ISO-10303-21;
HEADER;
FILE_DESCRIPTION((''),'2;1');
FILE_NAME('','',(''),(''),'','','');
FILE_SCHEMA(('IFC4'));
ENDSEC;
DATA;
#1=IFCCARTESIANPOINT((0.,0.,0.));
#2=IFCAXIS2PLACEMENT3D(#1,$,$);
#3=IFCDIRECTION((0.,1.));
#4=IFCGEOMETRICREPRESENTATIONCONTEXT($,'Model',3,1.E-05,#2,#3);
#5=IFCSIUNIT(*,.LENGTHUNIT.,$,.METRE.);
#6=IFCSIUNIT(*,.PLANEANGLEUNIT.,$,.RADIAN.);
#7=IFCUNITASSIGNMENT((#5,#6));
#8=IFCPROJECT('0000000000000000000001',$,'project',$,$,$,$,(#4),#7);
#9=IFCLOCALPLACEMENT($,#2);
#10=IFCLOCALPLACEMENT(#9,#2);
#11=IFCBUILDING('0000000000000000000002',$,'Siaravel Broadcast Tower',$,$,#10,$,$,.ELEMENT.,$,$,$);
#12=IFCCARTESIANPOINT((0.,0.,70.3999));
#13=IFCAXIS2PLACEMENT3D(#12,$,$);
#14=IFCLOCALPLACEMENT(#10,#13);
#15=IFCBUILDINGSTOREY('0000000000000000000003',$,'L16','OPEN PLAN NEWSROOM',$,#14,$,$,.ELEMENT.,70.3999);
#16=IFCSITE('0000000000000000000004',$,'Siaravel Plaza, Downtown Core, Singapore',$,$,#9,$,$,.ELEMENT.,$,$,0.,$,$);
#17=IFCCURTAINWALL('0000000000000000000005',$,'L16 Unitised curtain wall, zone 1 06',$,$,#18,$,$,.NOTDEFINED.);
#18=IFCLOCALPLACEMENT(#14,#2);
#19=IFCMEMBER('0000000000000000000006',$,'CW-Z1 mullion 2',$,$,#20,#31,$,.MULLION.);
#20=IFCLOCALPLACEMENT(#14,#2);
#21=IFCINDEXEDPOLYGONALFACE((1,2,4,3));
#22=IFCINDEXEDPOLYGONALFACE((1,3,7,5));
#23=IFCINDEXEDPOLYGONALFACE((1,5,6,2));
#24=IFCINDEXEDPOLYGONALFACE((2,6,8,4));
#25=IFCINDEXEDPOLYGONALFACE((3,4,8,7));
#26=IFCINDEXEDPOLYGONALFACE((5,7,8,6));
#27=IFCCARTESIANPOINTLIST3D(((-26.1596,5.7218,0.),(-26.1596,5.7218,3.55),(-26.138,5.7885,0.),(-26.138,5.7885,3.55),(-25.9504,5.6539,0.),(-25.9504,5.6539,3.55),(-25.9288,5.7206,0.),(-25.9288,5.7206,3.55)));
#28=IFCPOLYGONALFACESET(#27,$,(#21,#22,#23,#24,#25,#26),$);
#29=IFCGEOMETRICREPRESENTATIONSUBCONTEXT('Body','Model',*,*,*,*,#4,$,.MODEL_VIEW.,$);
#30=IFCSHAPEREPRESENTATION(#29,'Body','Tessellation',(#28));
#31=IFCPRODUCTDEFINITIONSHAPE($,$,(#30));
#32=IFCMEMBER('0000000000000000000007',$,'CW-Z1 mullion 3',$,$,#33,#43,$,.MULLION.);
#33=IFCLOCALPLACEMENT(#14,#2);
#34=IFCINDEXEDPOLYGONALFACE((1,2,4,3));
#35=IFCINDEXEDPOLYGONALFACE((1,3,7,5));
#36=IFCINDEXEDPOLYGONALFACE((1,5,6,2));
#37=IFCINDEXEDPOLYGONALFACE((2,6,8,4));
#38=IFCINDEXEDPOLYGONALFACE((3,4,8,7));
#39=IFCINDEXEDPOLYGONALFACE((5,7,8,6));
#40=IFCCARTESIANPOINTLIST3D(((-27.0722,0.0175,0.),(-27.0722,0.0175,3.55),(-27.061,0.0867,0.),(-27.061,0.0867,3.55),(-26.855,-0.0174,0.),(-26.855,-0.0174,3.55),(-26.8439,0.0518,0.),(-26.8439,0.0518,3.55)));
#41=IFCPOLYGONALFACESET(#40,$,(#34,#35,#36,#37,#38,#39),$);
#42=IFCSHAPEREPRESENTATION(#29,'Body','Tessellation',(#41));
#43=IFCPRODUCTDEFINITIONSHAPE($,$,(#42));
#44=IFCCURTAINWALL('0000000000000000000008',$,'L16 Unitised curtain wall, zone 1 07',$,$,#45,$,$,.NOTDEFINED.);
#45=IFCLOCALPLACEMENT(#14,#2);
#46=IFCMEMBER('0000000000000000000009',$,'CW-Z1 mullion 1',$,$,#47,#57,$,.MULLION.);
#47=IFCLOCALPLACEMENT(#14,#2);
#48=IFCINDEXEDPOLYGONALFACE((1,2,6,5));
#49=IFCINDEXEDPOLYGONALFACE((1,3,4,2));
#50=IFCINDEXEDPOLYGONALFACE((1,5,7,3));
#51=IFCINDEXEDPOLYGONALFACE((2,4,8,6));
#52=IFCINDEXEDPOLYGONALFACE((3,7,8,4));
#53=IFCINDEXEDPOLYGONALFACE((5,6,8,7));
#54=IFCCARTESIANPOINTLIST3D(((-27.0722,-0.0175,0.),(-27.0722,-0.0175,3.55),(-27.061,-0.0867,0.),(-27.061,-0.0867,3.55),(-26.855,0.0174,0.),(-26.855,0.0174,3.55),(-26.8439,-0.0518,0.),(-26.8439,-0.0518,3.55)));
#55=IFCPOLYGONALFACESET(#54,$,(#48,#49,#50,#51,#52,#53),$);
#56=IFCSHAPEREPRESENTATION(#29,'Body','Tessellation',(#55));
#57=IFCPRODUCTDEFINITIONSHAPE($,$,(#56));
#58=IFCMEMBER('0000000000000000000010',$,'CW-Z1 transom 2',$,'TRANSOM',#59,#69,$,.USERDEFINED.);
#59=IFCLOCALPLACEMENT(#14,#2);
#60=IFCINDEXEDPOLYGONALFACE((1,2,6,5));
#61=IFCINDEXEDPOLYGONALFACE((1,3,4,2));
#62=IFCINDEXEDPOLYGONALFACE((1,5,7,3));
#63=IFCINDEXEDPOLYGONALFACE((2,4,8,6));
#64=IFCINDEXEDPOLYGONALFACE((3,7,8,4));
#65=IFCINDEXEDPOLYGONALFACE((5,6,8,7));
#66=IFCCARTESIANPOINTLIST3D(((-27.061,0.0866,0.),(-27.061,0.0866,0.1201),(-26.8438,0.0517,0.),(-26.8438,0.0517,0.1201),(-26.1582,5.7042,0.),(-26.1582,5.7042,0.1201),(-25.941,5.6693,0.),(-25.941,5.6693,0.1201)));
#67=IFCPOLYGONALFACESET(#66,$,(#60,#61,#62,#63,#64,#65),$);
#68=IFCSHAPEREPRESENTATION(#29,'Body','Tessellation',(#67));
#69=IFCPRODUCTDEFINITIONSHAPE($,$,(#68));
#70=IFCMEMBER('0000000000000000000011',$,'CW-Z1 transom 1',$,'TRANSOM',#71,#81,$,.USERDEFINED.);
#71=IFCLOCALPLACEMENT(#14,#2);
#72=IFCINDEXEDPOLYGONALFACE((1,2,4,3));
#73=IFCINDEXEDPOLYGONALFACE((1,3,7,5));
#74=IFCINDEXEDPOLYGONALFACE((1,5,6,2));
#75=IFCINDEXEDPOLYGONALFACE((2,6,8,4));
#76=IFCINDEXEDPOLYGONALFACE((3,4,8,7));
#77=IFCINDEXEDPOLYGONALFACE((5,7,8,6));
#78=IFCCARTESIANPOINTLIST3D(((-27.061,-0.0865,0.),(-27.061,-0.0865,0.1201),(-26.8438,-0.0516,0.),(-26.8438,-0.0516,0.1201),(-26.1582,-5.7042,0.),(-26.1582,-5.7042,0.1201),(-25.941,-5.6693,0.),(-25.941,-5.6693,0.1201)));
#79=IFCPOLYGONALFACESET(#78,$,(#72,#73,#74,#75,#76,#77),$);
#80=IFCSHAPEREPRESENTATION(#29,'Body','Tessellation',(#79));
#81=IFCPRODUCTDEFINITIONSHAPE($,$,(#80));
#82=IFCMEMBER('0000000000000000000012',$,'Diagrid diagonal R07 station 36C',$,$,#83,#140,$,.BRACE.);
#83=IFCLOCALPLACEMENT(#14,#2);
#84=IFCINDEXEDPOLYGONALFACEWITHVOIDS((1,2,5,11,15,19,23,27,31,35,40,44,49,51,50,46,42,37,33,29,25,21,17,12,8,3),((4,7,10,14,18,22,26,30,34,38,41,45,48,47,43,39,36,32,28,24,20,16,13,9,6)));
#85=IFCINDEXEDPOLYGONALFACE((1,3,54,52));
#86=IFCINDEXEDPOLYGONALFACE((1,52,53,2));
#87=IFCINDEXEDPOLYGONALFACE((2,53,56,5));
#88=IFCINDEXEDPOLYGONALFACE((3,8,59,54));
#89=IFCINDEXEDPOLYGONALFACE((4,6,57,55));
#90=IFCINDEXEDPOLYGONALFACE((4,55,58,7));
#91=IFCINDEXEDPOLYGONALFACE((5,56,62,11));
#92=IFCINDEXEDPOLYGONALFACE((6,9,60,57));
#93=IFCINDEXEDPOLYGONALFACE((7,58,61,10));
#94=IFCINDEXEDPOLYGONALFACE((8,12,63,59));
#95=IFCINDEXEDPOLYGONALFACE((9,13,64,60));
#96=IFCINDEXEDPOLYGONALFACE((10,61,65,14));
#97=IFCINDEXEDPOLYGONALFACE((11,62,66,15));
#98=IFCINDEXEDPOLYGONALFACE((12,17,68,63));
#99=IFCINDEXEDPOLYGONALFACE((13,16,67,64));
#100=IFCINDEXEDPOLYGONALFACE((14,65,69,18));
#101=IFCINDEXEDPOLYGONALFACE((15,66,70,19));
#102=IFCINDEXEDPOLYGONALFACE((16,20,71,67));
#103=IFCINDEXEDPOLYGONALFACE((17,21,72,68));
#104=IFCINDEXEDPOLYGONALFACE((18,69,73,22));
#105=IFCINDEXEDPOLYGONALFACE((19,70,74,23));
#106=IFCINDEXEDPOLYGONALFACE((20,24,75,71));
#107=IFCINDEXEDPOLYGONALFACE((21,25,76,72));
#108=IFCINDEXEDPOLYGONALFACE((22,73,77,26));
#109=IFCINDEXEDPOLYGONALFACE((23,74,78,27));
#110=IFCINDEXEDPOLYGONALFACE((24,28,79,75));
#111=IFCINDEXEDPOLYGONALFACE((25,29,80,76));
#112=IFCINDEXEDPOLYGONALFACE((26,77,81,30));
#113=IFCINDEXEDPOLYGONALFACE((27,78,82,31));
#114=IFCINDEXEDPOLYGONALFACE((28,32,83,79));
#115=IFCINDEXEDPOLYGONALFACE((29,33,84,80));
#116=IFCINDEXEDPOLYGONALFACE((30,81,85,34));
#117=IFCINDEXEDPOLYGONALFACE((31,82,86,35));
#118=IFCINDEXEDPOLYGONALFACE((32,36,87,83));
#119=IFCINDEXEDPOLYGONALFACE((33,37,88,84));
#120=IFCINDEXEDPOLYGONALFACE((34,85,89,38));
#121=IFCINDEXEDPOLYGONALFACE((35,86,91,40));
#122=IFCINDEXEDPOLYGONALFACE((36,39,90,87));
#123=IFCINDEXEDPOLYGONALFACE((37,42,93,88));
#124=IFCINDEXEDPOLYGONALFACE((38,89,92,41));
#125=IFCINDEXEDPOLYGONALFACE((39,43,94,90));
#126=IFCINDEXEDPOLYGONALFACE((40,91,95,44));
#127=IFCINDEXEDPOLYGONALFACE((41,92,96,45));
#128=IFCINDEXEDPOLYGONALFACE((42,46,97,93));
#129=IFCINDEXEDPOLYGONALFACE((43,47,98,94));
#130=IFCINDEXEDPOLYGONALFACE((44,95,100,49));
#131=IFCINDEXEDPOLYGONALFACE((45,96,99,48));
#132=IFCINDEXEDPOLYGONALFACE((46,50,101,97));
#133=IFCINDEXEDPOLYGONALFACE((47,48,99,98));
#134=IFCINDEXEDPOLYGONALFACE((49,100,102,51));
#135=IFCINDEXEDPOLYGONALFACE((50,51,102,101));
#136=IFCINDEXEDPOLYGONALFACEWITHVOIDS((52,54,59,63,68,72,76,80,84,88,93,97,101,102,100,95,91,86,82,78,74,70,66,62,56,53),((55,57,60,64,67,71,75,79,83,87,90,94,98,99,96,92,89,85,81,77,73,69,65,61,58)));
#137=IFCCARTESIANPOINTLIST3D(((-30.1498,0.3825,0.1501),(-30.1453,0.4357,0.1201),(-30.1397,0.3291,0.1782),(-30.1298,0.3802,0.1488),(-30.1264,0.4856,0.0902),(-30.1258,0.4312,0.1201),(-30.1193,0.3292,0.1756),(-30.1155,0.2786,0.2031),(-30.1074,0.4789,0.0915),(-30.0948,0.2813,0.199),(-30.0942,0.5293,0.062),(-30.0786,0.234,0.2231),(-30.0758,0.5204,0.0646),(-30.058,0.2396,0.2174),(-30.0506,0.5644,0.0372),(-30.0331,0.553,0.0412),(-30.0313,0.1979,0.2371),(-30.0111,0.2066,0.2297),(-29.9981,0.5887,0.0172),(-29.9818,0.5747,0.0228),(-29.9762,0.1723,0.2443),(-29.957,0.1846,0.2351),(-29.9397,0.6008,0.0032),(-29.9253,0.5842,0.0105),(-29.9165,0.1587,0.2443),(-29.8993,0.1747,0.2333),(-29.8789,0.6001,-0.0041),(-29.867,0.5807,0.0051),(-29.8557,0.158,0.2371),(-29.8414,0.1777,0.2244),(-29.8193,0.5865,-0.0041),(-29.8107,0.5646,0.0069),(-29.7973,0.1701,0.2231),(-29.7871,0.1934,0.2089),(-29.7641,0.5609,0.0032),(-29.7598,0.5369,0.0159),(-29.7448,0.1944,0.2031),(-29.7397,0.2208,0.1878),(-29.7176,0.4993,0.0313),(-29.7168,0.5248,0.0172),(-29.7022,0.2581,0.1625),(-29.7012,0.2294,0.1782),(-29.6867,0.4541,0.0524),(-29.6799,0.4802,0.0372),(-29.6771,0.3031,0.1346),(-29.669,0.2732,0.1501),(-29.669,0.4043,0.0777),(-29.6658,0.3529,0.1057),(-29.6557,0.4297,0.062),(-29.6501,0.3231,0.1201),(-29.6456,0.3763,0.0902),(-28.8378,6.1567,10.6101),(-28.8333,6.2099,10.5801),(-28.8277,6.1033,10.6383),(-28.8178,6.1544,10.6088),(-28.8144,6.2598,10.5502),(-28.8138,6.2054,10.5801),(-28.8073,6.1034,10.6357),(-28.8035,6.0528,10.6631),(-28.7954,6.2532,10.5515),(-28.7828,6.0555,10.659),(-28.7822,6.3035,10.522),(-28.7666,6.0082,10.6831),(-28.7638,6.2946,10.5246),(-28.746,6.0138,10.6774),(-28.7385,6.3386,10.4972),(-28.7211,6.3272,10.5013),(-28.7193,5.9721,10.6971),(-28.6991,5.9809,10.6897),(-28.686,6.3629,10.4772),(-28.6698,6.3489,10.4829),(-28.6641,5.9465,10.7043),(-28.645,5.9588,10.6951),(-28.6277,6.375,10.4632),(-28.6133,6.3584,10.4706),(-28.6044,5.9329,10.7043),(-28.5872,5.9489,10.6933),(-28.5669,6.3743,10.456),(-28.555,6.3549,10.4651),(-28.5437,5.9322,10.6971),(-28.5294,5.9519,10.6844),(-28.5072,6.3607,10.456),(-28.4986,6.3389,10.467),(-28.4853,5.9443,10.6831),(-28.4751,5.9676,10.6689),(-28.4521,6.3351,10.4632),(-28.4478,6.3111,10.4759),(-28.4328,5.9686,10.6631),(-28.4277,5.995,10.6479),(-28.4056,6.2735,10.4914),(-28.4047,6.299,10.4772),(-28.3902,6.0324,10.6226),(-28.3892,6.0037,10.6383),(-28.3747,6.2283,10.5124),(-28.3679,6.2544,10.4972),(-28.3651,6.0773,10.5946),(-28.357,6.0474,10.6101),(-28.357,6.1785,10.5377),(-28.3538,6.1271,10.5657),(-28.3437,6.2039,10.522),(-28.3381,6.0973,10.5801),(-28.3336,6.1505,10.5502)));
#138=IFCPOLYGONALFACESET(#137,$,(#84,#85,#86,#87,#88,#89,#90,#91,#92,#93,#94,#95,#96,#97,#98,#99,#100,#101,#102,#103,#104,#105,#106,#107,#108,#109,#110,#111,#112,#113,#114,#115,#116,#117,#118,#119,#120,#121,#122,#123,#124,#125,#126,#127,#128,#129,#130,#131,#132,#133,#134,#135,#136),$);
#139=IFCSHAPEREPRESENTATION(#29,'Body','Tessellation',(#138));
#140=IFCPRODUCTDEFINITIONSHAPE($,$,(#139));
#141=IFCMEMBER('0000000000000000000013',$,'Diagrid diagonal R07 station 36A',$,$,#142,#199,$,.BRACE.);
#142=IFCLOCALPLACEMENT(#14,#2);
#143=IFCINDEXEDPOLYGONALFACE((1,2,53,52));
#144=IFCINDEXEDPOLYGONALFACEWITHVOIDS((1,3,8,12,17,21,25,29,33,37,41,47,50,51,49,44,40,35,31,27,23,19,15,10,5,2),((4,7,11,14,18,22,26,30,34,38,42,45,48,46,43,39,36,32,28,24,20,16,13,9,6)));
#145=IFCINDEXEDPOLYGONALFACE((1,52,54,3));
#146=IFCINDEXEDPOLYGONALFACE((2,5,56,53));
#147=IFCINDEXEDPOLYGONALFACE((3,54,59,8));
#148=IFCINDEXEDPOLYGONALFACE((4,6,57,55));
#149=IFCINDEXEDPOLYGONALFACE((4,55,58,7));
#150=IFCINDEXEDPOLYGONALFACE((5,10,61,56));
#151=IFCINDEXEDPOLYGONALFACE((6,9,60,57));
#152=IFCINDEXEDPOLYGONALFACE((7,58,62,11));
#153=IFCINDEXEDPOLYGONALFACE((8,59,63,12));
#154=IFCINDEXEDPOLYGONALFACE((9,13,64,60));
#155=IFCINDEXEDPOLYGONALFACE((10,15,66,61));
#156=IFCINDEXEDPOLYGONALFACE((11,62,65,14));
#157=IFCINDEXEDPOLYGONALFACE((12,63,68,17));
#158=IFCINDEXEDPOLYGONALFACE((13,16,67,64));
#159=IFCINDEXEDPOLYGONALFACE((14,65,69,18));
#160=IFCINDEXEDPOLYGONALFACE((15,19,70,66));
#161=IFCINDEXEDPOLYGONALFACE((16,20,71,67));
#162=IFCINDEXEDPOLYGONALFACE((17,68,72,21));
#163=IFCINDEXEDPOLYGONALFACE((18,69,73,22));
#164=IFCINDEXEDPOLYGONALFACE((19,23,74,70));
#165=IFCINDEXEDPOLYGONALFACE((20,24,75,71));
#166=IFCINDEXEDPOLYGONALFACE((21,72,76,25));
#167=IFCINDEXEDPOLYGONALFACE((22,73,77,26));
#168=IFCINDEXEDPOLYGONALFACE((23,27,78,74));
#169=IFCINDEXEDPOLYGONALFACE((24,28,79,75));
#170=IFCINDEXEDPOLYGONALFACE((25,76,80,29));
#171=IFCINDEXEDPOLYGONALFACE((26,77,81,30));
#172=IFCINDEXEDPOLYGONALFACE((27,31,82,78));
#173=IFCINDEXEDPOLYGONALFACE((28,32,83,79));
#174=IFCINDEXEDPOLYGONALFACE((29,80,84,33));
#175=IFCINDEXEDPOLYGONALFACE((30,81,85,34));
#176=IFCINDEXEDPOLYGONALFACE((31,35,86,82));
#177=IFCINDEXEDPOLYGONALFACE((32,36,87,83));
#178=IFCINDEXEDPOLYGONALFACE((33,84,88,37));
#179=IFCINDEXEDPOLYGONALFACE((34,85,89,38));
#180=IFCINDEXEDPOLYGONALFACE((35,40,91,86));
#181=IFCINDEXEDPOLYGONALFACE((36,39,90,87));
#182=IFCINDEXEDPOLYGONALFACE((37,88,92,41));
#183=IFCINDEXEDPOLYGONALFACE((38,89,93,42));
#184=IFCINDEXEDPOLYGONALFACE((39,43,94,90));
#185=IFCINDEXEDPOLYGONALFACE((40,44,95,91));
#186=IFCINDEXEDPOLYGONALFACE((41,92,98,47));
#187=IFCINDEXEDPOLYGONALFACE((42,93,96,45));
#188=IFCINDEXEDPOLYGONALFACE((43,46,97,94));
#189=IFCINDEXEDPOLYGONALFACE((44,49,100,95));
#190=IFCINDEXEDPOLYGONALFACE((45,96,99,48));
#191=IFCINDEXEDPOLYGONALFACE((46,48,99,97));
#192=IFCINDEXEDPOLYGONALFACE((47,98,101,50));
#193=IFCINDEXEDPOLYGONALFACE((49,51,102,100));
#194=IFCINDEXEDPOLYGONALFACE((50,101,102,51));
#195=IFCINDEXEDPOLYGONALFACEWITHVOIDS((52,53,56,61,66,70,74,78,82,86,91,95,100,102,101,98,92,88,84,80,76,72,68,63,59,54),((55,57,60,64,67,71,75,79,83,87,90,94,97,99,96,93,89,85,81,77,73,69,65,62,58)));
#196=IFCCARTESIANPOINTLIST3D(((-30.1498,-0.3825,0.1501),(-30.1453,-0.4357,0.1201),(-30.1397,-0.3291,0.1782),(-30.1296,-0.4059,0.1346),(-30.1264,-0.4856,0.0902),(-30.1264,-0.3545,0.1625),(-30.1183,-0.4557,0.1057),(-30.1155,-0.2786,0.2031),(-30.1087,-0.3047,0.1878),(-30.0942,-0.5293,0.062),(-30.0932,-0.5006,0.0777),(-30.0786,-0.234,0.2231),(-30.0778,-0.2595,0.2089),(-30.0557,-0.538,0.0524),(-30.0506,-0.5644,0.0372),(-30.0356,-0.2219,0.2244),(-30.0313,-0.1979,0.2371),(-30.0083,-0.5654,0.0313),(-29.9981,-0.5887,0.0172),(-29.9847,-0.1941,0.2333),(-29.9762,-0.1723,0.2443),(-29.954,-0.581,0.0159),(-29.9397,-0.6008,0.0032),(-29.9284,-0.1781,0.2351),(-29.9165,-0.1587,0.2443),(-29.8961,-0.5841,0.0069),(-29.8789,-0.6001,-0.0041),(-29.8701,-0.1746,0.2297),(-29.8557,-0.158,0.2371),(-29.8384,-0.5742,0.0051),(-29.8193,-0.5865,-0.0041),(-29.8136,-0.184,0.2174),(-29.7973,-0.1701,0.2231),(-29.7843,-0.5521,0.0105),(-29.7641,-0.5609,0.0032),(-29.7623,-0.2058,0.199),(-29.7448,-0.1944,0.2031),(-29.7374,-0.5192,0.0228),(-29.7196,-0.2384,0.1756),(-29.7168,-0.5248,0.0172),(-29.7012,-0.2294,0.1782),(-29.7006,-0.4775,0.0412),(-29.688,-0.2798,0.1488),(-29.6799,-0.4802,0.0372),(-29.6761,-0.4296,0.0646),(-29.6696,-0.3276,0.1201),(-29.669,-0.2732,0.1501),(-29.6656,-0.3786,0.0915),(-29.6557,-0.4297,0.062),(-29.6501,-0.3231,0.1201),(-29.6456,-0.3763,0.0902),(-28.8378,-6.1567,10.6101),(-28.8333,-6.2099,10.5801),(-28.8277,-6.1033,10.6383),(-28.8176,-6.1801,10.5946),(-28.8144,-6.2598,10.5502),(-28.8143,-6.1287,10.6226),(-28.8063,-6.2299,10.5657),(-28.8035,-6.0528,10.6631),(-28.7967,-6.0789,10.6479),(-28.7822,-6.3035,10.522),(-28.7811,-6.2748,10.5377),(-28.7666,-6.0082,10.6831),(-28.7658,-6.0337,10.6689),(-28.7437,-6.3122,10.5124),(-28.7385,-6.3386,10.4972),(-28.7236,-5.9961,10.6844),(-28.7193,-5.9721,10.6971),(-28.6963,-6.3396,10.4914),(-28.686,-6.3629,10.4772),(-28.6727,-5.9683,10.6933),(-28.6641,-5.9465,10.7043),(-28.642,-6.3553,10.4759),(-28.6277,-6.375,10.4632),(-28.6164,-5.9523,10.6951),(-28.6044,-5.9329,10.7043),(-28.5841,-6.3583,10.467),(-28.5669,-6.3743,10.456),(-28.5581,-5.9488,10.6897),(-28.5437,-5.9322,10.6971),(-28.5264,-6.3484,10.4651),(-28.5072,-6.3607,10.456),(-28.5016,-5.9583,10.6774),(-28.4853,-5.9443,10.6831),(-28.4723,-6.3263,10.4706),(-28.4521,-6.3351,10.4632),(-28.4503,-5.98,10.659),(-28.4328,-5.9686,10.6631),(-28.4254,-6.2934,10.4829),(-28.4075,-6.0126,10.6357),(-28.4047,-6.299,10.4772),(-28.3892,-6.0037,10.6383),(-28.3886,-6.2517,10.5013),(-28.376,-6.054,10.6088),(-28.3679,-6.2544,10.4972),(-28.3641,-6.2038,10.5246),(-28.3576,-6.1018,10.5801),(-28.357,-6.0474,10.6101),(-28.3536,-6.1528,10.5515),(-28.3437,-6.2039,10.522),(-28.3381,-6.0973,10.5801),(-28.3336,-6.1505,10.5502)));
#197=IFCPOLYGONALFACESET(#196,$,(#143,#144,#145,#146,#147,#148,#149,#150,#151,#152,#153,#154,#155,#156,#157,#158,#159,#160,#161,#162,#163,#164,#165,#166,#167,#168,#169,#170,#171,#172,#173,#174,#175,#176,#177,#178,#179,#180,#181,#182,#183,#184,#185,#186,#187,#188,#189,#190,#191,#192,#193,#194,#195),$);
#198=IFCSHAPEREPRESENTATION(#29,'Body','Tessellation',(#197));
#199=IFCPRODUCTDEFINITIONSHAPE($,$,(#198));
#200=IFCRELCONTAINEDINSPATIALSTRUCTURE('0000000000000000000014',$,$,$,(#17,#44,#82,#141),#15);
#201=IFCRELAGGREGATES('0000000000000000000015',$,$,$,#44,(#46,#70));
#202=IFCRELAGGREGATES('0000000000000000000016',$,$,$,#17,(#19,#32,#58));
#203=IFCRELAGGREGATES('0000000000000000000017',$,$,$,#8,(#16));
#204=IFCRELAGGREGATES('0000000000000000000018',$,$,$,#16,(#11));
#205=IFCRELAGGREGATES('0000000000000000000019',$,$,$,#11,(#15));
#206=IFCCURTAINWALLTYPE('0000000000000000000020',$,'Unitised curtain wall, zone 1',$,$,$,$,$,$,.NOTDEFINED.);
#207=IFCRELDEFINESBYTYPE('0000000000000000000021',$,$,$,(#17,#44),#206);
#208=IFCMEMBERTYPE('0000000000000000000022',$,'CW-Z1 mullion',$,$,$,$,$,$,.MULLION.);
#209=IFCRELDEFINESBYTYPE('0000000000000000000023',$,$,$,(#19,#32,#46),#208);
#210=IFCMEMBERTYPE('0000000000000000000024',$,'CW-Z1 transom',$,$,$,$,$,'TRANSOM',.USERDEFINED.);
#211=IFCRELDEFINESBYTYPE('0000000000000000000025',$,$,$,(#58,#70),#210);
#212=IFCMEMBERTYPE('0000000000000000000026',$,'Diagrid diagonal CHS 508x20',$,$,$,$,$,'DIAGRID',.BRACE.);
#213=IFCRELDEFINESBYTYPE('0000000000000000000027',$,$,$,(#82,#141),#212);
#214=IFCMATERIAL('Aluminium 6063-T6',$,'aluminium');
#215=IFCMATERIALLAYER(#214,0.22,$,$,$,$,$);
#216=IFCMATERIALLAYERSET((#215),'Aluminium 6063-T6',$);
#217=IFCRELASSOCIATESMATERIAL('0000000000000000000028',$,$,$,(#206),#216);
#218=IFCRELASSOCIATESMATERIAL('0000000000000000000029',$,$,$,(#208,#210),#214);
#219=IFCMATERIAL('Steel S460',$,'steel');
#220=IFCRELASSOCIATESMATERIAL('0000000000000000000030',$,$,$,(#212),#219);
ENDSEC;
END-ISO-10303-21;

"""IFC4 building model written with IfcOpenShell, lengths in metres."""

from ifc_helpers import new_model, si_unit, direction, frame, origin, origin_2d, place, context, subcontext, project, spatial, rectangle, hollow_circle, extrude, material, layer, layer_set, material_profile, profile_set, type_object, element, aggregate, save


model = new_model("IFC4")

# Units and contexts
model_context = context("Model", 3, precision=1e-05, world=origin(), true_north=direction((0.0, 1.0)))
body_context = subcontext(model_context, "Body", "Model", "MODEL_VIEW")
ifc_project = project(units=[si_unit("LENGTHUNIT", "METRE"), si_unit("PLANEANGLEUNIT", "RADIAN")], contexts=[model_context])

# Site, building, storey
site_placement = place(None, origin())
site = spatial("IfcSite", under=ifc_project, at=site_placement, Name="Siaravel Plaza, Downtown Core, Singapore", CompositionType="ELEMENT", RefElevation=0.0)
building_placement = place(site_placement, origin())
building = spatial("IfcBuilding", under=site, at=building_placement, Name="Siaravel Broadcast Tower", CompositionType="ELEMENT")
storey_placement = place(building_placement, frame((0.0, 0.0, 70.3999)))
storey = spatial("IfcBuildingStorey", under=building, at=storey_placement, Name="L16", Description="OPEN PLAN NEWSROOM", CompositionType="ELEMENT", Elevation=70.3999)

# Curtain wall, members
ifc_material_1 = material(Name="Aluminium 6063-T6", Category="aluminium")
ifc_layer_1 = layer(ifc_material_1, 0.22)
ifc_layer_set_1 = layer_set([ifc_layer_1], Name="Aluminium 6063-T6")
curtain_wall_type = type_object("IfcCurtainWallType", Name="Unitised curtain wall, zone 1", PredefinedType="NOTDEFINED", material=ifc_layer_set_1)
curtain_wall_1_placement = place(storey_placement, origin())
curtain_wall_1 = element("IfcCurtainWall", 1, at=curtain_wall_1_placement, inside=storey, type_object=curtain_wall_type, Name="L16 Unitised curtain wall, zone 1 06", PredefinedType="NOTDEFINED")
ifc_material_profile_1 = material_profile(ifc_material_1, rectangle(XDim=0.22, YDim=0.0701, at=origin_2d()))
ifc_profile_set_1 = profile_set([ifc_material_profile_1], Name="Aluminium 6063-T6")
member_type_1 = type_object("IfcMemberType", Name="CW-Z1 mullion", PredefinedType="MULLION", material=ifc_profile_set_1)
member_1_placement = place(storey_placement, frame((-26.0442, 5.7212, 0.0), z_axis=(0.0, 0.0, 1.0), x_axis=(0.951177, -0.308645, 0.0)))
member_1 = element("IfcMember", 2, at=member_1_placement, type_object=member_type_1, Name="CW-Z1 mullion 2", PredefinedType="MULLION", context=body_context, shape_type="SweptSolid", body=[
    extrude(rectangle(XDim=0.22, YDim=0.0701, at=origin_2d()), origin(), (0.0, 0.0, 1.0), 3.55),
])
member_2_placement = place(storey_placement, frame((-26.958, 0.0347, 0.0), z_axis=(0.0, 0.0, 1.0), x_axis=(0.987329, -0.158685, 0.0)))
member_2 = element("IfcMember", 3, at=member_2_placement, type_object=member_type_1, Name="CW-Z1 mullion 3", PredefinedType="MULLION", context=body_context, shape_type="SweptSolid", body=[
    extrude(rectangle(XDim=0.22, YDim=0.0701, at=origin_2d()), origin(), (0.0, 0.0, 1.0), 3.55),
])

# Curtain wall, member
curtain_wall_2_placement = place(storey_placement, origin())
curtain_wall_2 = element("IfcCurtainWall", 4, at=curtain_wall_2_placement, inside=storey, type_object=curtain_wall_type, Name="L16 Unitised curtain wall, zone 1 07", PredefinedType="NOTDEFINED")
member_3_placement = place(storey_placement, frame((-26.958, -0.0347, 0.0), z_axis=(0.0, 0.0, 1.0), x_axis=(0.987329, 0.158685, 0.0)))
member_3 = element("IfcMember", 5, at=member_3_placement, type_object=member_type_1, Name="CW-Z1 mullion 1", PredefinedType="MULLION", context=body_context, shape_type="SweptSolid", body=[
    extrude(rectangle(XDim=0.22, YDim=0.0701, at=origin_2d()), origin(), (0.0, 0.0, 1.0), 3.55),
])

# Members
ifc_material_profile_2 = material_profile(ifc_material_1, rectangle(XDim=0.22, YDim=0.1201, at=origin_2d()))
ifc_profile_set_2 = profile_set([ifc_material_profile_2], Name="Aluminium 6063-T6")
member_type_2 = type_object("IfcMemberType", Name="CW-Z1 transom", ElementType="TRANSOM", PredefinedType="USERDEFINED", material=ifc_profile_set_2)
member_4_placement = place(storey_placement, frame((-26.0496, 5.6868, 0.0601), z_axis=(-0.158677, -0.987331, 0.0), x_axis=(0.987331, -0.158677, 0.0)))
member_4 = element("IfcMember", 6, at=member_4_placement, type_object=member_type_2, Name="CW-Z1 transom 2", ObjectType="TRANSOM", PredefinedType="USERDEFINED", context=body_context, shape_type="SweptSolid", body=[
    extrude(rectangle(XDim=0.22, YDim=0.1201, at=origin_2d()), origin(), (0.0, 0.0, 1.0), 5.6897),
])
member_5_placement = place(storey_placement, frame((-26.9524, -0.0691, 0.0601), z_axis=(0.158677, -0.987331, 0.0), x_axis=(0.987331, 0.158677, 0.0)))
member_5 = element("IfcMember", 7, at=member_5_placement, type_object=member_type_2, Name="CW-Z1 transom 1", ObjectType="TRANSOM", PredefinedType="USERDEFINED", context=body_context, shape_type="SweptSolid", body=[
    extrude(rectangle(XDim=0.22, YDim=0.1201, at=origin_2d()), origin(), (0.0, 0.0, 1.0), 5.6897),
])
aggregate(curtain_wall_2, [member_3, member_5])

# Members
ifc_material_2 = material(Name="Steel S460", Category="steel")
ifc_material_profile_3 = material_profile(ifc_material_2, hollow_circle(Radius=0.2539, WallThickness=0.02, at=origin_2d()))
ifc_profile_set_3 = profile_set([ifc_material_profile_3], Name="Steel S460")
member_type_3 = type_object("IfcMemberType", Name="Diagrid diagonal CHS 508x20", ElementType="DIAGRID", PredefinedType="BRACE", material=ifc_profile_set_3)
for number, where, z_axis, x_axis, name in (
    (8, (-29.8977, 0.3794, 0.1201), (0.109155, 0.480392, 0.870235), (-0.975144, 0.221573, 0.0), "Diagrid diagonal R07 station 36C"),
    (9, (-29.8977, -0.3794, 0.1201), (0.109155, -0.480392, 0.870235), (0.975144, 0.221573, 0.0), "Diagrid diagonal R07 station 36A"),
):
    element("IfcMember", number, at=place(storey_placement, frame(where, z_axis=z_axis, x_axis=x_axis)), inside=storey, type_object=member_type_3, Name=name, PredefinedType="BRACE", context=body_context, shape_type="SweptSolid", body=[
        extrude(hollow_circle(Radius=0.2539, WallThickness=0.02, at=origin_2d()), origin(), (0.0, 0.0, 1.0), 12.0198),
    ])

aggregate(curtain_wall_1, [member_1, member_2, member_4])

save(model, "model.ifc")
